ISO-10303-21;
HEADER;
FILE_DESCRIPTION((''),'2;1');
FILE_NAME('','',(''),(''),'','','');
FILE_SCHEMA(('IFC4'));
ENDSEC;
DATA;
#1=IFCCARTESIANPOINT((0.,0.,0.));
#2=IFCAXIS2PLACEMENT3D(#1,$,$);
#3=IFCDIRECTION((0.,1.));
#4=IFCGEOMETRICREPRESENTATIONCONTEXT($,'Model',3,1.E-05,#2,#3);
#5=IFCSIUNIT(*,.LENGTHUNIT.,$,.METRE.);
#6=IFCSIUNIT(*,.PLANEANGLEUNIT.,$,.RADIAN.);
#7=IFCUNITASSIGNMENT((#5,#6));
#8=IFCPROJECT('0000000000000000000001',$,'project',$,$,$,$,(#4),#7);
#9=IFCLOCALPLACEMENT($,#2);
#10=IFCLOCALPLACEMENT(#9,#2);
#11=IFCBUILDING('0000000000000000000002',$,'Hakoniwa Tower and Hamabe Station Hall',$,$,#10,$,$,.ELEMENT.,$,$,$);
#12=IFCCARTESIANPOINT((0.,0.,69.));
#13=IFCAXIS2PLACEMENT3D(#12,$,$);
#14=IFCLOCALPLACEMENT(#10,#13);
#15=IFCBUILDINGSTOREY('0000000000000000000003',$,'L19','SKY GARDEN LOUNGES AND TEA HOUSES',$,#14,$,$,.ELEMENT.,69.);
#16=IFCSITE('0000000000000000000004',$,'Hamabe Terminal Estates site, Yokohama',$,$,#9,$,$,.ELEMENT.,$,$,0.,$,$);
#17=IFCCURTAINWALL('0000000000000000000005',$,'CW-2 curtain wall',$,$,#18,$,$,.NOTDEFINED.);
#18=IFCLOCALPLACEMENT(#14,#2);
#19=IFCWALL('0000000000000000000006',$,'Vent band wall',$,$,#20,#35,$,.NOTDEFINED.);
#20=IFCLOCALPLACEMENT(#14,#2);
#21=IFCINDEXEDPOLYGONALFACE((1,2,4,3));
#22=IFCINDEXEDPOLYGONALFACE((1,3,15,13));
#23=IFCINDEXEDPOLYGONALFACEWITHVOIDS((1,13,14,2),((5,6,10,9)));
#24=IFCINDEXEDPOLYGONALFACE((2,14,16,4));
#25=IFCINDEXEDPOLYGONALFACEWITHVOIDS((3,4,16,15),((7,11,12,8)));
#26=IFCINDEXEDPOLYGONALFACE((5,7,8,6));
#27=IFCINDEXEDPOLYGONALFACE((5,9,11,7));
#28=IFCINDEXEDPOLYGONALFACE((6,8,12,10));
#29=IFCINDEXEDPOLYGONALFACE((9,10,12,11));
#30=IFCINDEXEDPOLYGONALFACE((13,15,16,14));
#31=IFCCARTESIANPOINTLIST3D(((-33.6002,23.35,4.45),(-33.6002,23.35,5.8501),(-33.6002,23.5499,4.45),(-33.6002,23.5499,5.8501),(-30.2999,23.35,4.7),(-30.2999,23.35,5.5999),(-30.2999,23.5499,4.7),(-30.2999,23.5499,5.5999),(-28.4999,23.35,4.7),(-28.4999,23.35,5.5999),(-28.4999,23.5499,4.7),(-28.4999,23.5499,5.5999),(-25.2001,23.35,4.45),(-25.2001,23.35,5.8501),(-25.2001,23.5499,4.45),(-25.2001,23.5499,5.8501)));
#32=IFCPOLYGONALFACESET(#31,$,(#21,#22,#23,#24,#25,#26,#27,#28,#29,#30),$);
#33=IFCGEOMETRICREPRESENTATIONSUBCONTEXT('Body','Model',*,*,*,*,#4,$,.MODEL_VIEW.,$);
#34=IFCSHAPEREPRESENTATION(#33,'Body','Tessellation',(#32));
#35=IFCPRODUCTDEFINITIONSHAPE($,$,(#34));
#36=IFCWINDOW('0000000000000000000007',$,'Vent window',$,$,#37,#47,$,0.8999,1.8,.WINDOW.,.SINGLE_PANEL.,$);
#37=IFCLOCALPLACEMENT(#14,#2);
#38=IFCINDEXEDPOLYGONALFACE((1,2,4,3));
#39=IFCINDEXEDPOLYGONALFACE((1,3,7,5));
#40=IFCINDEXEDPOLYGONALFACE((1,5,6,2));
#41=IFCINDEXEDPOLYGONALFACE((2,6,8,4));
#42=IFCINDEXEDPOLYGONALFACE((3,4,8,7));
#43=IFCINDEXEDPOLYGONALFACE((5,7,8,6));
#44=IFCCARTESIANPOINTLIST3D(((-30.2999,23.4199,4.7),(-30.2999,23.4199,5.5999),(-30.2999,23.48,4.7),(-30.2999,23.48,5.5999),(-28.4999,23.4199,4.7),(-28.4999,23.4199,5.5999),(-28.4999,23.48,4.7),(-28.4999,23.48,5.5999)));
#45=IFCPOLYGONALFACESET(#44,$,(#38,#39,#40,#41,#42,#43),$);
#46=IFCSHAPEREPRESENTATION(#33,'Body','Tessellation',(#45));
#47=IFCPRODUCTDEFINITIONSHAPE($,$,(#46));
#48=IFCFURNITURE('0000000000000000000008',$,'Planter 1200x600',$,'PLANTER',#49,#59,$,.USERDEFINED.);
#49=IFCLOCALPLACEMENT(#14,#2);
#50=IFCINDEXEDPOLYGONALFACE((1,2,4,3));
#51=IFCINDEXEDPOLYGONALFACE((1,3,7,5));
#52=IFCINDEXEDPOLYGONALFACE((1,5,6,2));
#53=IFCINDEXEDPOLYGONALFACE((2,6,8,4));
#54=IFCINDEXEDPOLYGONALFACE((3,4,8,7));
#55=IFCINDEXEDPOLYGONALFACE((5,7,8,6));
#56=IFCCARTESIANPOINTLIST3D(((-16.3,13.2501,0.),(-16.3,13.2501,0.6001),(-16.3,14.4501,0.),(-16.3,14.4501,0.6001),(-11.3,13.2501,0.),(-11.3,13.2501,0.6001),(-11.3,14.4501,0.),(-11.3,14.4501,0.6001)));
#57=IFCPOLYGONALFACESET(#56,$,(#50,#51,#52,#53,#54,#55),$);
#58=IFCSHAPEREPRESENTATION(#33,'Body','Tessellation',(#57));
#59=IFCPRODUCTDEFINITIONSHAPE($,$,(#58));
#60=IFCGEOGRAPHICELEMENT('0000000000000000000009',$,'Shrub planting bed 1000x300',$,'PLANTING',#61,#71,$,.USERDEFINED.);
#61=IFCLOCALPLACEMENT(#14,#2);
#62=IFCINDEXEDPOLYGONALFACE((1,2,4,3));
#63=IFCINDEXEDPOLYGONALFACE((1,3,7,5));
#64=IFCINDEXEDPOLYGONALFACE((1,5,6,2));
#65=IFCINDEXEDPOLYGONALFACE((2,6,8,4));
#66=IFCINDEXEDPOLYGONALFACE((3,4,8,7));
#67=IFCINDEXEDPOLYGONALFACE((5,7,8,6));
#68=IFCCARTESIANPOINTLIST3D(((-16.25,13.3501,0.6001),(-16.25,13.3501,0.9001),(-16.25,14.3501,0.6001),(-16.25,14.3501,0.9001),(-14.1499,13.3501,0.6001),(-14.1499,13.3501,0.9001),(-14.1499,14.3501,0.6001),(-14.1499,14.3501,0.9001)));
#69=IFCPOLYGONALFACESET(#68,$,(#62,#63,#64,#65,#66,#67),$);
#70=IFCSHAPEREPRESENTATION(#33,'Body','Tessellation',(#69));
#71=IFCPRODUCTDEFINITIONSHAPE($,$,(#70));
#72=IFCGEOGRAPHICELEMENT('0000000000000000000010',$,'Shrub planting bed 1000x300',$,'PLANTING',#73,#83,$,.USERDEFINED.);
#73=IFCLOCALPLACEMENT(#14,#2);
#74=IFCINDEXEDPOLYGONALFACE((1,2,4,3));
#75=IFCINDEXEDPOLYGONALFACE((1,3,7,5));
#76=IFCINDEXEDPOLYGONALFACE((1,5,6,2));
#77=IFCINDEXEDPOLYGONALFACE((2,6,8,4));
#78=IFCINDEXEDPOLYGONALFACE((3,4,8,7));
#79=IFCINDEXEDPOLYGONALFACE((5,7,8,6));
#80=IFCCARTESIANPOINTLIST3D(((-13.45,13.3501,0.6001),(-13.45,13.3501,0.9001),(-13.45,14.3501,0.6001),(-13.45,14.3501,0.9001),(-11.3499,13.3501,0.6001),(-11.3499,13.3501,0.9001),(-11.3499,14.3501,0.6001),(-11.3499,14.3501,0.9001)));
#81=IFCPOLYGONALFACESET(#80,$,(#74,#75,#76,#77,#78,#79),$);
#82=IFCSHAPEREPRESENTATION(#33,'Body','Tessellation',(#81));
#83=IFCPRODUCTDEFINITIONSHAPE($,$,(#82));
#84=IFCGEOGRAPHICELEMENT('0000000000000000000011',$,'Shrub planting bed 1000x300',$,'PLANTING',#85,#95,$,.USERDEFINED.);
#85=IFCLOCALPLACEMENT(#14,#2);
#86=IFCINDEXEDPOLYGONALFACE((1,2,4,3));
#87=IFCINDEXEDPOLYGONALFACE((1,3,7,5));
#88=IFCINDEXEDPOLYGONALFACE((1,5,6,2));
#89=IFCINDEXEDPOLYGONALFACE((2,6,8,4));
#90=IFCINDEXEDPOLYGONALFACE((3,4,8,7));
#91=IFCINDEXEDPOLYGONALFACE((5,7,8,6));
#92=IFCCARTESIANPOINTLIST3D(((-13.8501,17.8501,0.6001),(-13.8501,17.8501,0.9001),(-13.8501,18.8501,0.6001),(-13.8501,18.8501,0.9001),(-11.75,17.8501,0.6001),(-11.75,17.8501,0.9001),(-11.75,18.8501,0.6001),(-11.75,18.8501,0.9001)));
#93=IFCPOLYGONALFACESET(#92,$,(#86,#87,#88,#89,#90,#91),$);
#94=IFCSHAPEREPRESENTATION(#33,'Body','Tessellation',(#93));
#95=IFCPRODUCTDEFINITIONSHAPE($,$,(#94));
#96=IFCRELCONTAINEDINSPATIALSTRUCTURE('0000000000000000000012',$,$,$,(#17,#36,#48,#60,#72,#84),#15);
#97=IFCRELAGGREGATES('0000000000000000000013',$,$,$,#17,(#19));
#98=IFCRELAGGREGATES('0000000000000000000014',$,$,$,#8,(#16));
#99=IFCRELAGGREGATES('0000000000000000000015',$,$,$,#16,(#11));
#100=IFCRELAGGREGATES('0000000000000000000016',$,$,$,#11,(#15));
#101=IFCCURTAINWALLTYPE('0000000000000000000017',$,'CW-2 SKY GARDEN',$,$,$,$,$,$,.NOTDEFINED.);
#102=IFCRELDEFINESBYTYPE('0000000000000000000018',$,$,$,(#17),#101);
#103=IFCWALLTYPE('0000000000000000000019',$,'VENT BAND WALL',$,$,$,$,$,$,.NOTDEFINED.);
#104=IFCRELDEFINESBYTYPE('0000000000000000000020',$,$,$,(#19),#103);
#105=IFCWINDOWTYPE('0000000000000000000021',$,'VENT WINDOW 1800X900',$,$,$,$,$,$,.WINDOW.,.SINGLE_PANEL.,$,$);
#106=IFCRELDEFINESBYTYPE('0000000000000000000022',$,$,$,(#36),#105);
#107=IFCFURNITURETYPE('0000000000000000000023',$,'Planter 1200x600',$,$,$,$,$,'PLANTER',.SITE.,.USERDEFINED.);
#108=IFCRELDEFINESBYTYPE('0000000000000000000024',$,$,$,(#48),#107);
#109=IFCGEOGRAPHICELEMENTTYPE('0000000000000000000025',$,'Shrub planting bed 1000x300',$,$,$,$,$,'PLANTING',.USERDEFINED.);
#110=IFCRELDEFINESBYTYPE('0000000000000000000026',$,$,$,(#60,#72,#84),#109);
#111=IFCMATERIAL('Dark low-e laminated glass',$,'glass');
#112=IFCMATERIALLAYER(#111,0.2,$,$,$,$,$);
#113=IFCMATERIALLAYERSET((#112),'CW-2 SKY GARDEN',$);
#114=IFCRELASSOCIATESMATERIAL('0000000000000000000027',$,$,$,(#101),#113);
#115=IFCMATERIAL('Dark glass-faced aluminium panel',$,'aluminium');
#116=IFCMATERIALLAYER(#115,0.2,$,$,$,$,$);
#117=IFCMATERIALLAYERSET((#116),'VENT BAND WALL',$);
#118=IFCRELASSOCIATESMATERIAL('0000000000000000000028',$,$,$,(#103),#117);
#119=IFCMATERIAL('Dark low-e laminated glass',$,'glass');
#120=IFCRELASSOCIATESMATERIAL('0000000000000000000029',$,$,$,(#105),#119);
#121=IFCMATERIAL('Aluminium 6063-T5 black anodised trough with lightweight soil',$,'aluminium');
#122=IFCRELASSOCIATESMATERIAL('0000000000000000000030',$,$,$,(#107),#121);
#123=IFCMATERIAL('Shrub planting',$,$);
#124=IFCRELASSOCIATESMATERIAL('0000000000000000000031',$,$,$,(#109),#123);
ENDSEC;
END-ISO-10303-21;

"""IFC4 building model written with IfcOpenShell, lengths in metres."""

from ifc_helpers import new_model, si_unit, direction, frame, frame_2d, origin, origin_2d, place, context, subcontext, project, spatial, rectangle, extrude, material, layer, layer_set, type_object, element, fill, aggregate, save


model = new_model("IFC4")

# Units and contexts
model_context = context("Model", 3, precision=1e-05, world=origin(), true_north=direction((0.0, 1.0)))
body_context = subcontext(model_context, "Body", "Model", "MODEL_VIEW")
ifc_project = project(units=[si_unit("LENGTHUNIT", "METRE"), si_unit("PLANEANGLEUNIT", "RADIAN")], contexts=[model_context])

# Site, building, storey
site_placement = place(None, origin())
site = spatial("IfcSite", under=ifc_project, at=site_placement, Name="Hamabe Terminal Estates site, Yokohama", CompositionType="ELEMENT", RefElevation=0.0)
building_placement = place(site_placement, origin())
building = spatial("IfcBuilding", under=site, at=building_placement, Name="Hakoniwa Tower and Hamabe Station Hall", CompositionType="ELEMENT")
storey_placement = place(building_placement, frame((0.0, 0.0, 69.0)))
storey = spatial("IfcBuildingStorey", under=building, at=storey_placement, Name="L19", Description="SKY GARDEN LOUNGES AND TEA HOUSES", CompositionType="ELEMENT", Elevation=69.0)

# Curtain wall
ifc_material_1 = material(Name="Dark low-e laminated glass", Category="glass")
ifc_layer_1 = layer(ifc_material_1, 0.2)
ifc_layer_set_1 = layer_set([ifc_layer_1], Name="CW-2 SKY GARDEN")
curtain_wall_type = type_object("IfcCurtainWallType", Name="CW-2 SKY GARDEN", PredefinedType="NOTDEFINED", material=ifc_layer_set_1)
curtain_wall_placement = place(storey_placement, origin())
curtain_wall = element("IfcCurtainWall", 1, at=curtain_wall_placement, inside=storey, type_object=curtain_wall_type, Name="CW-2 curtain wall", PredefinedType="NOTDEFINED")

# Wall, opening, window
ifc_material_2 = material(Name="Dark glass-faced aluminium panel", Category="aluminium")
ifc_layer_2 = layer(ifc_material_2, 0.2)
ifc_layer_set_2 = layer_set([ifc_layer_2], Name="VENT BAND WALL")
wall_type_1 = type_object("IfcWallType", Name="VENT BAND WALL", PredefinedType="NOTDEFINED", material=ifc_layer_set_2)
ifc_material_3 = material(Name="Dark low-e laminated glass", Category="glass")
window_type = type_object("IfcWindowType", Name="VENT WINDOW 1800X900", PartitioningType="SINGLE_PANEL", PredefinedType="WINDOW", material=ifc_material_3)
wall_1_placement = place(storey_placement, frame((-25.2, 23.45, 4.45), z_axis=(0.0, 0.0, 1.0), x_axis=(-1.0, 0.0, 0.0)))
wall_1 = element("IfcWall", 2, at=wall_1_placement, type_object=wall_type_1, Name="Vent band wall", PredefinedType="NOTDEFINED", context=body_context, shape_type="SweptSolid", body=[
    extrude(rectangle(XDim=8.4001, YDim=0.2, at=frame_2d((4.2002, 0.0))), origin(), (0.0, 0.0, 1.0), 1.4001),
])
opening_1_placement = place(wall_1_placement, frame((3.3, 0.0, 0.25)))
opening_1 = element("IfcOpeningElement", 3, at=opening_1_placement, cuts=wall_1, PredefinedType="OPENING", context=body_context, shape_type="SweptSolid", body=[
    extrude(rectangle(XDim=1.8, YDim=0.8999, at=frame_2d((0.8999, 0.45))), frame((0.0, 0.1099, 0.0), z_axis=(0.0, -1.0, 0.0), x_axis=(1.0, 0.0, 0.0)), (0.0, 0.0, 1.0), 0.22),
])
window_1_placement = place(opening_1_placement, origin())
window_1 = element("IfcWindow", 4, at=window_1_placement, inside=storey, type_object=window_type, Name="Vent window", OverallHeight=0.8999, OverallWidth=1.8, PartitioningType="SINGLE_PANEL", PredefinedType="WINDOW", context=body_context, shape_type="SweptSolid", body=[
    extrude(rectangle(XDim=1.8, YDim=0.8999, at=frame_2d((0.8999, 0.45))), frame((0.0, 0.03, 0.0), z_axis=(0.0, -1.0, 0.0), x_axis=(1.0, 0.0, 0.0)), (0.0, 0.0, 1.0), 0.0601),
])
fill(opening_1, window_1)
aggregate(curtain_wall, [wall_1])

# Furniture
ifc_material_4 = material(Name="Aluminium 6063-T5 black anodised trough with lightweight soil", Category="aluminium")
furniture_type = type_object("IfcFurnitureType", Name="Planter 1200x600", ElementType="PLANTER", AssemblyPlace="SITE", PredefinedType="USERDEFINED", material=ifc_material_4)
furniture_placement = place(storey_placement, frame((-13.8, 13.8501, 0.0), z_axis=(0.0, 0.0, 1.0), x_axis=(1.0, 0.0, 0.0)))
element("IfcFurniture", 5, at=furniture_placement, inside=storey, type_object=furniture_type, Name="Planter 1200x600", ObjectType="PLANTER", PredefinedType="USERDEFINED", context=body_context, shape_type="SweptSolid", body=[
    extrude(rectangle(XDim=5.0, YDim=1.2, at=origin_2d()), origin(), (0.0, 0.0, 1.0), 0.6001),
])

# Geographic elements
ifc_material_5 = material(Name="Shrub planting")
geographic_element_type = type_object("IfcGeographicElementType", Name="Shrub planting bed 1000x300", ElementType="PLANTING", PredefinedType="USERDEFINED", material=ifc_material_5)
for number, where, z_axis, x_axis, name in (
    (6, (-15.2, 13.8501, 0.6001), (0.0, 0.0, 1.0), (1.0, 0.0, 0.0), "Shrub planting bed 1000x300"),
    (7, (-12.3999, 13.8501, 0.6001), (0.0, 0.0, 1.0), (1.0, 0.0, 0.0), "Shrub planting bed 1000x300"),
    (8, (-12.8, 18.3501, 0.6001), (0.0, 0.0, 1.0), (1.0, 0.0, 0.0), "Shrub planting bed 1000x300"),
):
    element("IfcGeographicElement", number, at=place(storey_placement, frame(where, z_axis=z_axis, x_axis=x_axis)), inside=storey, type_object=geographic_element_type, Name=name, ObjectType="PLANTING", PredefinedType="USERDEFINED", context=body_context, shape_type="SweptSolid", body=[
        extrude(rectangle(XDim=2.1001, YDim=1.0, at=origin_2d()), origin(), (0.0, 0.0, 1.0), 0.3),
    ])

save(model, "model.ifc")
